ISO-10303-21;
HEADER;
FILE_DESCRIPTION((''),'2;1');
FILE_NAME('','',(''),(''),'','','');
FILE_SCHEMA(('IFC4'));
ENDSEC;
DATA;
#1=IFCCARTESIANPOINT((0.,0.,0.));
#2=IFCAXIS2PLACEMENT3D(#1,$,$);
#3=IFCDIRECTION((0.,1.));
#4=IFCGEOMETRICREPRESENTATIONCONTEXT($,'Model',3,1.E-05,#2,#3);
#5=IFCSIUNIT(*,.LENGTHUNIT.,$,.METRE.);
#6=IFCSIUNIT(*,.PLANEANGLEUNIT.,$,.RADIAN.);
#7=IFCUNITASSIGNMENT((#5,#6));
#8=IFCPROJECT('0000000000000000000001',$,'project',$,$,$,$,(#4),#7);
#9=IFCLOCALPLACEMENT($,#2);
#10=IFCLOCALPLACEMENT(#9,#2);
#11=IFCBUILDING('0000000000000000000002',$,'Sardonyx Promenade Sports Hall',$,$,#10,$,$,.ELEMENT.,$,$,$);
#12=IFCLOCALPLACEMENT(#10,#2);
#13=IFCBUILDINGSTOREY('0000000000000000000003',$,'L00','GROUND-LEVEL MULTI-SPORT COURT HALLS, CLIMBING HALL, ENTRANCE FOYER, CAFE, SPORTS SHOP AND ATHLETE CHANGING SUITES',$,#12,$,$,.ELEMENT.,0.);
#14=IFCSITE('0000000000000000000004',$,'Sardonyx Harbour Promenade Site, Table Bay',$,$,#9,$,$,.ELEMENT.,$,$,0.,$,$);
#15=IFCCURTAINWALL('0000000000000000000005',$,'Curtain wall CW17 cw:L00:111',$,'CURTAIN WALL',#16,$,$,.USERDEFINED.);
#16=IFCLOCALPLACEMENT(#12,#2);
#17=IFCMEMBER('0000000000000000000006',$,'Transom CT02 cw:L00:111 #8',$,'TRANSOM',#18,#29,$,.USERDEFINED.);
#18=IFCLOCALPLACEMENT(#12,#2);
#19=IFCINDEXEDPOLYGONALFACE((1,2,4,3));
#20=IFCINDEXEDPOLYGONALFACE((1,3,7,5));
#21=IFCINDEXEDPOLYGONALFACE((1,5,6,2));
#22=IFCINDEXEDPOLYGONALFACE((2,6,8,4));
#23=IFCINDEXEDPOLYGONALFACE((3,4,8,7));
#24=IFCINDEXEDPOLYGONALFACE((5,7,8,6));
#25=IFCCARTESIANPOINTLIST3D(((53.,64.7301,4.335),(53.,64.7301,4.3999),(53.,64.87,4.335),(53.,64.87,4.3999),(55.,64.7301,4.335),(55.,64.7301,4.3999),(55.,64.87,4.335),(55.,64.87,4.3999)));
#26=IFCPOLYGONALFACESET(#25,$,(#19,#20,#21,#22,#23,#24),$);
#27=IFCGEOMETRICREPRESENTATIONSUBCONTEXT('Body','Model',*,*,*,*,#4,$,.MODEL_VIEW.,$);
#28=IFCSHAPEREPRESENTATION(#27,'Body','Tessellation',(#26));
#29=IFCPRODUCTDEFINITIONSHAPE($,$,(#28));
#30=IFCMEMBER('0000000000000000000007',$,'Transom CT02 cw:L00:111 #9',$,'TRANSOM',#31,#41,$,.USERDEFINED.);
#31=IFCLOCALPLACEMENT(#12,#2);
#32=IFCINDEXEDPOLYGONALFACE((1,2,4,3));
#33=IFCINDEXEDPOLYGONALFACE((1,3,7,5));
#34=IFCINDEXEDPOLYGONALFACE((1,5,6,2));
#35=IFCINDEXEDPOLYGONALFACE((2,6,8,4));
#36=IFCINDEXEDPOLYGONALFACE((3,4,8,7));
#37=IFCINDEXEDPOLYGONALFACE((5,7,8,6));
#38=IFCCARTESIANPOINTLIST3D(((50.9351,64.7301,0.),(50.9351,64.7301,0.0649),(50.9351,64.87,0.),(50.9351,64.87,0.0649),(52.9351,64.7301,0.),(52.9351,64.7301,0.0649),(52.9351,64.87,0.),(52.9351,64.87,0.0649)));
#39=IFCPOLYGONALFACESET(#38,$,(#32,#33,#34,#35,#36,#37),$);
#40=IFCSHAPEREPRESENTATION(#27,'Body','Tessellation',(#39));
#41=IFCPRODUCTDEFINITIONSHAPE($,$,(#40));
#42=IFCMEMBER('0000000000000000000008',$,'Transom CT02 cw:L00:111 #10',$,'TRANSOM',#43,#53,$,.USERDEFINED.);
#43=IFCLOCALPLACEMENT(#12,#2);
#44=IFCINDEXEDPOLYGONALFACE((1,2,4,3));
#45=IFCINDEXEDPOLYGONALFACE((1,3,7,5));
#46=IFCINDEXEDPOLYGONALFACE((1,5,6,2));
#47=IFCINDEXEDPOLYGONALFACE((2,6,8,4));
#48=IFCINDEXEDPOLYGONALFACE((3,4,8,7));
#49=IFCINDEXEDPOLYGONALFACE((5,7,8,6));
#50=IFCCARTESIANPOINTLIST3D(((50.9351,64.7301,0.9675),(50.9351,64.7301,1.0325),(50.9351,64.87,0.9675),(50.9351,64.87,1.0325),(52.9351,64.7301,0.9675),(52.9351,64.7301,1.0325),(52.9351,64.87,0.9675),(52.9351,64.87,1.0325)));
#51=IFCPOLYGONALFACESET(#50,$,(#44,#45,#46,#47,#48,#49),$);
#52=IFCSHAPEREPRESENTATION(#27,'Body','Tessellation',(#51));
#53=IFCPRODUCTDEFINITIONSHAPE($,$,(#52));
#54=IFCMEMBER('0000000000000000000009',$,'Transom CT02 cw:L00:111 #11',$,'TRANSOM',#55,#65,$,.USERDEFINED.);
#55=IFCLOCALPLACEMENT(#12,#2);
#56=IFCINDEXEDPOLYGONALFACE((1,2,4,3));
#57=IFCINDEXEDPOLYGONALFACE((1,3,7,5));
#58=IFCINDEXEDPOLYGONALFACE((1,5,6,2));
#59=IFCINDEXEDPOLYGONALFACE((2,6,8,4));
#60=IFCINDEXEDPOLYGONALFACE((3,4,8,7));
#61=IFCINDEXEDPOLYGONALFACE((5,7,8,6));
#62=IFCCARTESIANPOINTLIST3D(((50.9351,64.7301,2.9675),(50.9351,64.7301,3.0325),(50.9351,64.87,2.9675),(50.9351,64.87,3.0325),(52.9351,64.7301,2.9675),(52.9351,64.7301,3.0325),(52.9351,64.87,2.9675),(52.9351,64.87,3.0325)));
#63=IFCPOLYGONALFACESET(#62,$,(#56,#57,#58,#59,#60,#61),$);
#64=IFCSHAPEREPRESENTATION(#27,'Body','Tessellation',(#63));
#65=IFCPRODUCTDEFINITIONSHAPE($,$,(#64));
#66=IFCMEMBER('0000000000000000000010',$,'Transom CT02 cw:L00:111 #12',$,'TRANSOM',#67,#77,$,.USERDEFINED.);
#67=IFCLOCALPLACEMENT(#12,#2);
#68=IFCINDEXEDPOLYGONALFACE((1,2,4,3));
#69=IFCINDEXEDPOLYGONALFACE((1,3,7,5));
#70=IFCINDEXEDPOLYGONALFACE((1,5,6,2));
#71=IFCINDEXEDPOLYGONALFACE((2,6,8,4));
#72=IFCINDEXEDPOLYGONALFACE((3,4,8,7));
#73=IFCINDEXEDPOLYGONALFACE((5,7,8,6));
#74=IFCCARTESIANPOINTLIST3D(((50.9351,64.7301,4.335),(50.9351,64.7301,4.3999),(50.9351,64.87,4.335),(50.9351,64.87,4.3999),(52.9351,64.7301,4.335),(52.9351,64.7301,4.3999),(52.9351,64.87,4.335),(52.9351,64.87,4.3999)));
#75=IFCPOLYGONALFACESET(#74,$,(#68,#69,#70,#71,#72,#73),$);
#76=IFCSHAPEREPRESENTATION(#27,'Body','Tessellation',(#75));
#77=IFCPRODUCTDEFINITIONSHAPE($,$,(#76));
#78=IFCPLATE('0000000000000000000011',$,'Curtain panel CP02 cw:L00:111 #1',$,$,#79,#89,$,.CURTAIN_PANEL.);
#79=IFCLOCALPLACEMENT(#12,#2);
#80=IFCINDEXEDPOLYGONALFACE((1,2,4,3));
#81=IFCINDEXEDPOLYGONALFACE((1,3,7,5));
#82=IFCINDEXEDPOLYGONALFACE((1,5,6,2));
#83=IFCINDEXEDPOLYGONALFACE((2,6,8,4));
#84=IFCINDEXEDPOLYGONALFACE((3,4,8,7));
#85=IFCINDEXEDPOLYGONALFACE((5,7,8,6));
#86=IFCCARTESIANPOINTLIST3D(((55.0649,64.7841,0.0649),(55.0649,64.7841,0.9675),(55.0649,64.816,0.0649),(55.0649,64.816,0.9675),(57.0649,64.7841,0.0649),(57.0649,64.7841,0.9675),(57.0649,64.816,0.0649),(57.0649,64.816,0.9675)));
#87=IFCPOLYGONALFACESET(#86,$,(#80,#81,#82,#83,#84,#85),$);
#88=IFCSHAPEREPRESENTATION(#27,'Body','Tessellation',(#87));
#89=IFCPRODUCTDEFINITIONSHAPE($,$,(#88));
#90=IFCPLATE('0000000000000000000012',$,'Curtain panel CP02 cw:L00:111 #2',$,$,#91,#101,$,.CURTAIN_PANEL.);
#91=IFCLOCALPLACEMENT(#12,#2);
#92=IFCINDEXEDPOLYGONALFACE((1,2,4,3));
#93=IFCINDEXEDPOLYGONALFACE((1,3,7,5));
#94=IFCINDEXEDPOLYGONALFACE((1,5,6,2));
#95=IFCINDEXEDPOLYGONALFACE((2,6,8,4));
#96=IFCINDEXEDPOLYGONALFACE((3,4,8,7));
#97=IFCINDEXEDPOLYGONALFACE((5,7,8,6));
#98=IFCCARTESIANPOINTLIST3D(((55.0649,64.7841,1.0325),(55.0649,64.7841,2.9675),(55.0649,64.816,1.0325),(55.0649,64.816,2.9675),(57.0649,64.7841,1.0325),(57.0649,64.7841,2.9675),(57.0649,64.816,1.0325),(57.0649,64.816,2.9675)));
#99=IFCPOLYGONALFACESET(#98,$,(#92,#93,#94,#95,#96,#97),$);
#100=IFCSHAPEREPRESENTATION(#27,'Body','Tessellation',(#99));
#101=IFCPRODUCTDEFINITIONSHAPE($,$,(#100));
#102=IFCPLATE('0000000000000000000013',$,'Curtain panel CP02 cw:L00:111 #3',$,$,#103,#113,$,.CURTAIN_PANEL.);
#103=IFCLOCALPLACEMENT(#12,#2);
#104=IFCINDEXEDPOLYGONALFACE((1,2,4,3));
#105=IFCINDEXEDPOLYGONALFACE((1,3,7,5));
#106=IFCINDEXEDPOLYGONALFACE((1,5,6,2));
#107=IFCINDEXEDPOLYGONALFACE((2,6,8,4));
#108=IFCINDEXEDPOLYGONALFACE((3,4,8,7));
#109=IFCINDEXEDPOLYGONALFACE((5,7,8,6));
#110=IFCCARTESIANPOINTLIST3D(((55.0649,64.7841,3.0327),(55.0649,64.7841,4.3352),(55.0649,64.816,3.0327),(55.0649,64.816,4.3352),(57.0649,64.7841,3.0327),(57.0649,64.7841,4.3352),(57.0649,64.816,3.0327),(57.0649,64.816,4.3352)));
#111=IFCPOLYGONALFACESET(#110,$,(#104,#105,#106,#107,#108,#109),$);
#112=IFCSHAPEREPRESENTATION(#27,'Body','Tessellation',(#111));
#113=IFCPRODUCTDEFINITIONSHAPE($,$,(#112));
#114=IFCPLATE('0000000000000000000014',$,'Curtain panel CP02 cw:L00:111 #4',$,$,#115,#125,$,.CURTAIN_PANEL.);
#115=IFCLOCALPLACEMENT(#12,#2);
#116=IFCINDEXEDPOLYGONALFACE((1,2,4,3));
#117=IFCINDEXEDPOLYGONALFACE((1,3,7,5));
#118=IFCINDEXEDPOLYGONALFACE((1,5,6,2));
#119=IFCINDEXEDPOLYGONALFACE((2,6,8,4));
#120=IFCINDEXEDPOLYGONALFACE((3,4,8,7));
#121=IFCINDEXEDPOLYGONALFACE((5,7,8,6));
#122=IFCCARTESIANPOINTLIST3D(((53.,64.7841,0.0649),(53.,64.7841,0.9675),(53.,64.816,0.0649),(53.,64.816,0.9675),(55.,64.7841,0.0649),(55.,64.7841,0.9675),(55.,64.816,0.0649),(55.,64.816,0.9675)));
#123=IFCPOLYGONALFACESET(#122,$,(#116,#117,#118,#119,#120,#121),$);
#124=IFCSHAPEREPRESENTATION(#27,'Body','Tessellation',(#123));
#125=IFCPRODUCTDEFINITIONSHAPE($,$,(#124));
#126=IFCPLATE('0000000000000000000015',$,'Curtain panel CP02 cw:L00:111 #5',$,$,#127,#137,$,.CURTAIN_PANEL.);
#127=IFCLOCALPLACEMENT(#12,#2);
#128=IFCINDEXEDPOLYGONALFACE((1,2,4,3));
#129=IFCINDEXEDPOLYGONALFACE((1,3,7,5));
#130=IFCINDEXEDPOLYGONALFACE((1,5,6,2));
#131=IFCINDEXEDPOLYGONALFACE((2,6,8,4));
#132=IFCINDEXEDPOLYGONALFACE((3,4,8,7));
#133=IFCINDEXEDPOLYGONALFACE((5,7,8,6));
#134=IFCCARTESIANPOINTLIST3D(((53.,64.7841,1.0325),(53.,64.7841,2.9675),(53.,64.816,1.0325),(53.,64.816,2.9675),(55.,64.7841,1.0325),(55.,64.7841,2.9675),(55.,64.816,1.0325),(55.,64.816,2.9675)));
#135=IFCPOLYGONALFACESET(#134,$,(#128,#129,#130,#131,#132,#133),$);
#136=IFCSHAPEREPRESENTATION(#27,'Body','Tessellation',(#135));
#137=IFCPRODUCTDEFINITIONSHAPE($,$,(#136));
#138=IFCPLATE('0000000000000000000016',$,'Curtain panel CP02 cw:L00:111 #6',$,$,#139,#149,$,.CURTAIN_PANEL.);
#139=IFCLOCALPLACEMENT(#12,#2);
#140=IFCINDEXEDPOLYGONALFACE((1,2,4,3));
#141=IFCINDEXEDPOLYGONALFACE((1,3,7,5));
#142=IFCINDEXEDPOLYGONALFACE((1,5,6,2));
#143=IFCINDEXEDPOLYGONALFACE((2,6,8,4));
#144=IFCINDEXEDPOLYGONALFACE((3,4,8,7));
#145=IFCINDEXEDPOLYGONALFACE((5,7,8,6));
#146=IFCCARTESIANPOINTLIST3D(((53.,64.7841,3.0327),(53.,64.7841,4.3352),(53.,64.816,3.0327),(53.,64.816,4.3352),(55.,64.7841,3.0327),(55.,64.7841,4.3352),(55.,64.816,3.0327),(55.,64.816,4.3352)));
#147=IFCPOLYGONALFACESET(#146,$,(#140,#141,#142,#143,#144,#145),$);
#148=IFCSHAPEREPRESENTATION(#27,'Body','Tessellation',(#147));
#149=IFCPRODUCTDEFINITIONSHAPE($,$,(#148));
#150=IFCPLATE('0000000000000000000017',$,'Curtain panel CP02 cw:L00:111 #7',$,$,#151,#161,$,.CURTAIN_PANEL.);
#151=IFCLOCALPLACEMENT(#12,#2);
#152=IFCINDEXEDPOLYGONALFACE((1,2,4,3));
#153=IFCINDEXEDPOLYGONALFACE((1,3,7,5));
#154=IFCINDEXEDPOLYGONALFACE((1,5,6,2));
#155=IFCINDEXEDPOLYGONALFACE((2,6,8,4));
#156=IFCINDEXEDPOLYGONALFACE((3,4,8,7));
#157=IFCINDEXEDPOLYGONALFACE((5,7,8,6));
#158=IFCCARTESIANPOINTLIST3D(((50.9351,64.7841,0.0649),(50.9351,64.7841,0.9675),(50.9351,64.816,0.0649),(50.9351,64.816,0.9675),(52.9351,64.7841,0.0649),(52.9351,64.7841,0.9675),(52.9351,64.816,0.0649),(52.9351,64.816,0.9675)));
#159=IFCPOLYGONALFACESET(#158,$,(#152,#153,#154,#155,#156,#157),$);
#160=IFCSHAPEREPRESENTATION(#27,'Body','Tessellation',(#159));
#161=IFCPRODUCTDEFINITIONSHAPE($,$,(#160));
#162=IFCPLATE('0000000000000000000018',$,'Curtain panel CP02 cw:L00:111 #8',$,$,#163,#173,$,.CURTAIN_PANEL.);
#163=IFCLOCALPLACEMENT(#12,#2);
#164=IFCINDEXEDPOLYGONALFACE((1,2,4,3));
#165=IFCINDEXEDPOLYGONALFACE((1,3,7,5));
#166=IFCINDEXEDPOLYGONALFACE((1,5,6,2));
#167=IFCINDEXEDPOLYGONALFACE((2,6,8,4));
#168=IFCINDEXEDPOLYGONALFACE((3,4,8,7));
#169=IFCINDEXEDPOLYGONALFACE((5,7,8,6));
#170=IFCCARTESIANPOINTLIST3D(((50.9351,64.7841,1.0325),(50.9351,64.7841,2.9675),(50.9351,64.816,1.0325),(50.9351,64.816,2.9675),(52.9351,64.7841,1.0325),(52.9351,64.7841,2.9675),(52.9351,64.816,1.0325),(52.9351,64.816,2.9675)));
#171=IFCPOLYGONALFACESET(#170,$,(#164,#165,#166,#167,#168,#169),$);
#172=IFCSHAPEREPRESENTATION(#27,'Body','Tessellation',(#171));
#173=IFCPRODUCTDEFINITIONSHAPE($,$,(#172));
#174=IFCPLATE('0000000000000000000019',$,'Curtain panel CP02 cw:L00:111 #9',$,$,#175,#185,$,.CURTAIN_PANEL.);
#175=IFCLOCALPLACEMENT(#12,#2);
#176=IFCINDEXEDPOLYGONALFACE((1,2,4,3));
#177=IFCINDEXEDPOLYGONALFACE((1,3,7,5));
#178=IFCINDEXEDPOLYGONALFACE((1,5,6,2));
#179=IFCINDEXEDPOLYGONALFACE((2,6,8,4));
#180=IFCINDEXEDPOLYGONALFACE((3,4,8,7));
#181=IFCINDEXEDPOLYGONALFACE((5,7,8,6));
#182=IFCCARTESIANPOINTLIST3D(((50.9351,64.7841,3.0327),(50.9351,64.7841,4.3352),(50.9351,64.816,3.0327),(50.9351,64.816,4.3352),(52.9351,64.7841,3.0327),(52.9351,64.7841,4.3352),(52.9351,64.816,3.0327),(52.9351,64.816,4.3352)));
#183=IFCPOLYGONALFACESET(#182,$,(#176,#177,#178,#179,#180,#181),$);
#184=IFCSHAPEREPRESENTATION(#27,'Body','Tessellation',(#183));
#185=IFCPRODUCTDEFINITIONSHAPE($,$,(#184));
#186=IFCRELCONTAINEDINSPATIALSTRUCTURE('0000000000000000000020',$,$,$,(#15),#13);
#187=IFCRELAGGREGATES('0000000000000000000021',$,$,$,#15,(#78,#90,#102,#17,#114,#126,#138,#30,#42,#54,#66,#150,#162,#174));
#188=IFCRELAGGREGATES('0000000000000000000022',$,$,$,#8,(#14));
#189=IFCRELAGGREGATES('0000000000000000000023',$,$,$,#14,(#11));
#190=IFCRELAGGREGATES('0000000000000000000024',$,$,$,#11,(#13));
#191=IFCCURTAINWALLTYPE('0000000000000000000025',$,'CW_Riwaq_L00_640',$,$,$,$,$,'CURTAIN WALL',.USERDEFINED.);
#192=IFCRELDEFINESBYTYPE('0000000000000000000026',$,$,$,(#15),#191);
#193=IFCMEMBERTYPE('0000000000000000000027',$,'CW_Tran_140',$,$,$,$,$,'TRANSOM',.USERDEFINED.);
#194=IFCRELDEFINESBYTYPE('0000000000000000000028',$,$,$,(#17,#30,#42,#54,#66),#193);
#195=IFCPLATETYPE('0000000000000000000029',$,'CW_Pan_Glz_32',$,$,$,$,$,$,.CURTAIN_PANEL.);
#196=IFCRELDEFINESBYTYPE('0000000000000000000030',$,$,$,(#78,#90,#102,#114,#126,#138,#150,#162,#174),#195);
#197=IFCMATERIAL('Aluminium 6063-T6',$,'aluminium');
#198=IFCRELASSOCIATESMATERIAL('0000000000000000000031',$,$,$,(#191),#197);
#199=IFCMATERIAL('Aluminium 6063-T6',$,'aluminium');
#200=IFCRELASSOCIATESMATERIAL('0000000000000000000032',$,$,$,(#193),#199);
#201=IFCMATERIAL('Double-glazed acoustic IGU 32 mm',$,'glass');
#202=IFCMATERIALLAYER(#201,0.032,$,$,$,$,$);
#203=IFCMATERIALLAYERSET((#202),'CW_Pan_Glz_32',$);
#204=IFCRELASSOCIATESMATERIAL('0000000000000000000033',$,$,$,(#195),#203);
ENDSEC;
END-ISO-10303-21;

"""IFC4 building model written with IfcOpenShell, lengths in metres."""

from ifc_helpers import new_model, si_unit, direction, frame, origin, origin_2d, place, context, subcontext, project, spatial, rectangle, extrude, material, layer, layer_set, material_profile, profile_set, type_object, element, aggregate, save


model = new_model("IFC4")

# Units and contexts
model_context = context("Model", 3, precision=1e-05, world=origin(), true_north=direction((0.0, 1.0)))
body_context = subcontext(model_context, "Body", "Model", "MODEL_VIEW")
ifc_project = project(units=[si_unit("LENGTHUNIT", "METRE"), si_unit("PLANEANGLEUNIT", "RADIAN")], contexts=[model_context])

# Site, building, storey
site_placement = place(None, origin())
site = spatial("IfcSite", under=ifc_project, at=site_placement, Name="Sardonyx Harbour Promenade Site, Table Bay", CompositionType="ELEMENT", RefElevation=0.0)
building_placement = place(site_placement, origin())
building = spatial("IfcBuilding", under=site, at=building_placement, Name="Sardonyx Promenade Sports Hall", CompositionType="ELEMENT")
storey_placement = place(building_placement, origin())
storey = spatial("IfcBuildingStorey", under=building, at=storey_placement, Name="L00", Description="GROUND-LEVEL MULTI-SPORT COURT HALLS, CLIMBING HALL, ENTRANCE FOYER, CAFE, SPORTS SHOP AND ATHLETE CHANGING SUITES", CompositionType="ELEMENT", Elevation=0.0)

# Curtain wall, members, plates
ifc_material_1 = material(Name="Aluminium 6063-T6", Category="aluminium")
curtain_wall_type = type_object("IfcCurtainWallType", Name="CW_Riwaq_L00_640", ElementType="CURTAIN WALL", PredefinedType="USERDEFINED", material=ifc_material_1)
curtain_wall_placement = place(storey_placement, origin())
curtain_wall = element("IfcCurtainWall", 1, at=curtain_wall_placement, inside=storey, type_object=curtain_wall_type, Name="Curtain wall CW17 cw:L00:111", ObjectType="CURTAIN WALL", PredefinedType="USERDEFINED")
ifc_material_2 = material(Name="Aluminium 6063-T6", Category="aluminium")
ifc_material_profile_1 = material_profile(ifc_material_2, rectangle(XDim=0.0649, YDim=0.1399, at=origin_2d()))
ifc_profile_set_1 = profile_set([ifc_material_profile_1], Name="Aluminium 6063-T6")
member_type_1 = type_object("IfcMemberType", Name="CW_Tran_140", ElementType="TRANSOM", PredefinedType="USERDEFINED", material=ifc_profile_set_1)
member_1_placement = place(storey_placement, frame((55.0, 64.8, 4.3674), z_axis=(-1.0, 0.0, 0.0), x_axis=(0.0, 0.0, 1.0)))
member_1 = element("IfcMember", 2, at=member_1_placement, type_object=member_type_1, Name="Transom CT02 cw:L00:111 #8", ObjectType="TRANSOM", PredefinedType="USERDEFINED", context=body_context, shape_type="SweptSolid", body=[
    extrude(rectangle(XDim=0.0649, YDim=0.1399, at=origin_2d()), origin(), (0.0, 0.0, 1.0), 2.0),
])
member_2_placement = place(storey_placement, frame((52.9351, 64.8, 0.0325), z_axis=(-1.0, 0.0, 0.0), x_axis=(0.0, 0.0, 1.0)))
member_2 = element("IfcMember", 3, at=member_2_placement, type_object=member_type_1, Name="Transom CT02 cw:L00:111 #9", ObjectType="TRANSOM", PredefinedType="USERDEFINED", context=body_context, shape_type="SweptSolid", body=[
    extrude(rectangle(XDim=0.0649, YDim=0.1399, at=origin_2d()), origin(), (0.0, 0.0, 1.0), 2.0),
])
member_3_placement = place(storey_placement, frame((52.9351, 64.8, 1.0), z_axis=(-1.0, 0.0, 0.0), x_axis=(0.0, 0.0, 1.0)))
member_3 = element("IfcMember", 4, at=member_3_placement, type_object=member_type_1, Name="Transom CT02 cw:L00:111 #10", ObjectType="TRANSOM", PredefinedType="USERDEFINED", context=body_context, shape_type="SweptSolid", body=[
    extrude(rectangle(XDim=0.0649, YDim=0.1399, at=origin_2d()), origin(), (0.0, 0.0, 1.0), 2.0),
])
member_4_placement = place(storey_placement, frame((52.9351, 64.8, 3.0), z_axis=(-1.0, 0.0, 0.0), x_axis=(0.0, 0.0, 1.0)))
member_4 = element("IfcMember", 5, at=member_4_placement, type_object=member_type_1, Name="Transom CT02 cw:L00:111 #11", ObjectType="TRANSOM", PredefinedType="USERDEFINED", context=body_context, shape_type="SweptSolid", body=[
    extrude(rectangle(XDim=0.0649, YDim=0.1399, at=origin_2d()), origin(), (0.0, 0.0, 1.0), 2.0),
])
member_5_placement = place(storey_placement, frame((52.9351, 64.8, 4.3674), z_axis=(-1.0, 0.0, 0.0), x_axis=(0.0, 0.0, 1.0)))
member_5 = element("IfcMember", 6, at=member_5_placement, type_object=member_type_1, Name="Transom CT02 cw:L00:111 #12", ObjectType="TRANSOM", PredefinedType="USERDEFINED", context=body_context, shape_type="SweptSolid", body=[
    extrude(rectangle(XDim=0.0649, YDim=0.1399, at=origin_2d()), origin(), (0.0, 0.0, 1.0), 2.0),
])
ifc_material_3 = material(Name="Double-glazed acoustic IGU 32 mm", Category="glass")
ifc_layer = layer(ifc_material_3, 0.032)
ifc_layer_set = layer_set([ifc_layer], Name="CW_Pan_Glz_32")
plate_type = type_object("IfcPlateType", Name="CW_Pan_Glz_32", PredefinedType="CURTAIN_PANEL", material=ifc_layer_set)
plate_1_placement = place(storey_placement, frame((56.0649, 64.8, 0.0649), z_axis=(0.0, 0.0, 1.0), x_axis=(-1.0, 0.0, 0.0)))
plate_1 = element("IfcPlate", 7, at=plate_1_placement, type_object=plate_type, Name="Curtain panel CP02 cw:L00:111 #1", PredefinedType="CURTAIN_PANEL", context=body_context, shape_type="SweptSolid", body=[
    extrude(rectangle(XDim=2.0, YDim=0.032, at=origin_2d()), origin(), (0.0, 0.0, 1.0), 0.9026),
])
plate_2_placement = place(storey_placement, frame((56.0649, 64.8, 1.0325), z_axis=(0.0, 0.0, 1.0), x_axis=(-1.0, 0.0, 0.0)))
plate_2 = element("IfcPlate", 8, at=plate_2_placement, type_object=plate_type, Name="Curtain panel CP02 cw:L00:111 #2", PredefinedType="CURTAIN_PANEL", context=body_context, shape_type="SweptSolid", body=[
    extrude(rectangle(XDim=2.0, YDim=0.032, at=origin_2d()), origin(), (0.0, 0.0, 1.0), 1.9351),
])
plate_3_placement = place(storey_placement, frame((56.0649, 64.8, 3.0327), z_axis=(0.0, 0.0, 1.0), x_axis=(-1.0, 0.0, 0.0)))
plate_3 = element("IfcPlate", 9, at=plate_3_placement, type_object=plate_type, Name="Curtain panel CP02 cw:L00:111 #3", PredefinedType="CURTAIN_PANEL", context=body_context, shape_type="SweptSolid", body=[
    extrude(rectangle(XDim=2.0, YDim=0.032, at=origin_2d()), origin(), (0.0, 0.0, 1.0), 1.3025),
])
plate_4_placement = place(storey_placement, frame((54.0, 64.8, 0.0649), z_axis=(0.0, 0.0, 1.0), x_axis=(-1.0, 0.0, 0.0)))
plate_4 = element("IfcPlate", 10, at=plate_4_placement, type_object=plate_type, Name="Curtain panel CP02 cw:L00:111 #4", PredefinedType="CURTAIN_PANEL", context=body_context, shape_type="SweptSolid", body=[
    extrude(rectangle(XDim=2.0, YDim=0.032, at=origin_2d()), origin(), (0.0, 0.0, 1.0), 0.9026),
])
plate_5_placement = place(storey_placement, frame((54.0, 64.8, 1.0325), z_axis=(0.0, 0.0, 1.0), x_axis=(-1.0, 0.0, 0.0)))
plate_5 = element("IfcPlate", 11, at=plate_5_placement, type_object=plate_type, Name="Curtain panel CP02 cw:L00:111 #5", PredefinedType="CURTAIN_PANEL", context=body_context, shape_type="SweptSolid", body=[
    extrude(rectangle(XDim=2.0, YDim=0.032, at=origin_2d()), origin(), (0.0, 0.0, 1.0), 1.9351),
])
plate_6_placement = place(storey_placement, frame((54.0, 64.8, 3.0327), z_axis=(0.0, 0.0, 1.0), x_axis=(-1.0, 0.0, 0.0)))
plate_6 = element("IfcPlate", 12, at=plate_6_placement, type_object=plate_type, Name="Curtain panel CP02 cw:L00:111 #6", PredefinedType="CURTAIN_PANEL", context=body_context, shape_type="SweptSolid", body=[
    extrude(rectangle(XDim=2.0, YDim=0.032, at=origin_2d()), origin(), (0.0, 0.0, 1.0), 1.3025),
])
plate_7_placement = place(storey_placement, frame((51.9351, 64.8, 0.0649), z_axis=(0.0, 0.0, 1.0), x_axis=(-1.0, 0.0, 0.0)))
plate_7 = element("IfcPlate", 13, at=plate_7_placement, type_object=plate_type, Name="Curtain panel CP02 cw:L00:111 #7", PredefinedType="CURTAIN_PANEL", context=body_context, shape_type="SweptSolid", body=[
    extrude(rectangle(XDim=2.0, YDim=0.032, at=origin_2d()), origin(), (0.0, 0.0, 1.0), 0.9026),
])
plate_8_placement = place(storey_placement, frame((51.9351, 64.8, 1.0325), z_axis=(0.0, 0.0, 1.0), x_axis=(-1.0, 0.0, 0.0)))
plate_8 = element("IfcPlate", 14, at=plate_8_placement, type_object=plate_type, Name="Curtain panel CP02 cw:L00:111 #8", PredefinedType="CURTAIN_PANEL", context=body_context, shape_type="SweptSolid", body=[
    extrude(rectangle(XDim=2.0, YDim=0.032, at=origin_2d()), origin(), (0.0, 0.0, 1.0), 1.9351),
])
plate_9_placement = place(storey_placement, frame((51.9351, 64.8, 3.0327), z_axis=(0.0, 0.0, 1.0), x_axis=(-1.0, 0.0, 0.0)))
plate_9 = element("IfcPlate", 15, at=plate_9_placement, type_object=plate_type, Name="Curtain panel CP02 cw:L00:111 #9", PredefinedType="CURTAIN_PANEL", context=body_context, shape_type="SweptSolid", body=[
    extrude(rectangle(XDim=2.0, YDim=0.032, at=origin_2d()), origin(), (0.0, 0.0, 1.0), 1.3025),
])
aggregate(curtain_wall, [plate_1, plate_2, plate_3, member_1, plate_4, plate_5, plate_6, member_2, member_3, member_4, member_5, plate_7, plate_8, plate_9])

save(model, "model.ifc")
